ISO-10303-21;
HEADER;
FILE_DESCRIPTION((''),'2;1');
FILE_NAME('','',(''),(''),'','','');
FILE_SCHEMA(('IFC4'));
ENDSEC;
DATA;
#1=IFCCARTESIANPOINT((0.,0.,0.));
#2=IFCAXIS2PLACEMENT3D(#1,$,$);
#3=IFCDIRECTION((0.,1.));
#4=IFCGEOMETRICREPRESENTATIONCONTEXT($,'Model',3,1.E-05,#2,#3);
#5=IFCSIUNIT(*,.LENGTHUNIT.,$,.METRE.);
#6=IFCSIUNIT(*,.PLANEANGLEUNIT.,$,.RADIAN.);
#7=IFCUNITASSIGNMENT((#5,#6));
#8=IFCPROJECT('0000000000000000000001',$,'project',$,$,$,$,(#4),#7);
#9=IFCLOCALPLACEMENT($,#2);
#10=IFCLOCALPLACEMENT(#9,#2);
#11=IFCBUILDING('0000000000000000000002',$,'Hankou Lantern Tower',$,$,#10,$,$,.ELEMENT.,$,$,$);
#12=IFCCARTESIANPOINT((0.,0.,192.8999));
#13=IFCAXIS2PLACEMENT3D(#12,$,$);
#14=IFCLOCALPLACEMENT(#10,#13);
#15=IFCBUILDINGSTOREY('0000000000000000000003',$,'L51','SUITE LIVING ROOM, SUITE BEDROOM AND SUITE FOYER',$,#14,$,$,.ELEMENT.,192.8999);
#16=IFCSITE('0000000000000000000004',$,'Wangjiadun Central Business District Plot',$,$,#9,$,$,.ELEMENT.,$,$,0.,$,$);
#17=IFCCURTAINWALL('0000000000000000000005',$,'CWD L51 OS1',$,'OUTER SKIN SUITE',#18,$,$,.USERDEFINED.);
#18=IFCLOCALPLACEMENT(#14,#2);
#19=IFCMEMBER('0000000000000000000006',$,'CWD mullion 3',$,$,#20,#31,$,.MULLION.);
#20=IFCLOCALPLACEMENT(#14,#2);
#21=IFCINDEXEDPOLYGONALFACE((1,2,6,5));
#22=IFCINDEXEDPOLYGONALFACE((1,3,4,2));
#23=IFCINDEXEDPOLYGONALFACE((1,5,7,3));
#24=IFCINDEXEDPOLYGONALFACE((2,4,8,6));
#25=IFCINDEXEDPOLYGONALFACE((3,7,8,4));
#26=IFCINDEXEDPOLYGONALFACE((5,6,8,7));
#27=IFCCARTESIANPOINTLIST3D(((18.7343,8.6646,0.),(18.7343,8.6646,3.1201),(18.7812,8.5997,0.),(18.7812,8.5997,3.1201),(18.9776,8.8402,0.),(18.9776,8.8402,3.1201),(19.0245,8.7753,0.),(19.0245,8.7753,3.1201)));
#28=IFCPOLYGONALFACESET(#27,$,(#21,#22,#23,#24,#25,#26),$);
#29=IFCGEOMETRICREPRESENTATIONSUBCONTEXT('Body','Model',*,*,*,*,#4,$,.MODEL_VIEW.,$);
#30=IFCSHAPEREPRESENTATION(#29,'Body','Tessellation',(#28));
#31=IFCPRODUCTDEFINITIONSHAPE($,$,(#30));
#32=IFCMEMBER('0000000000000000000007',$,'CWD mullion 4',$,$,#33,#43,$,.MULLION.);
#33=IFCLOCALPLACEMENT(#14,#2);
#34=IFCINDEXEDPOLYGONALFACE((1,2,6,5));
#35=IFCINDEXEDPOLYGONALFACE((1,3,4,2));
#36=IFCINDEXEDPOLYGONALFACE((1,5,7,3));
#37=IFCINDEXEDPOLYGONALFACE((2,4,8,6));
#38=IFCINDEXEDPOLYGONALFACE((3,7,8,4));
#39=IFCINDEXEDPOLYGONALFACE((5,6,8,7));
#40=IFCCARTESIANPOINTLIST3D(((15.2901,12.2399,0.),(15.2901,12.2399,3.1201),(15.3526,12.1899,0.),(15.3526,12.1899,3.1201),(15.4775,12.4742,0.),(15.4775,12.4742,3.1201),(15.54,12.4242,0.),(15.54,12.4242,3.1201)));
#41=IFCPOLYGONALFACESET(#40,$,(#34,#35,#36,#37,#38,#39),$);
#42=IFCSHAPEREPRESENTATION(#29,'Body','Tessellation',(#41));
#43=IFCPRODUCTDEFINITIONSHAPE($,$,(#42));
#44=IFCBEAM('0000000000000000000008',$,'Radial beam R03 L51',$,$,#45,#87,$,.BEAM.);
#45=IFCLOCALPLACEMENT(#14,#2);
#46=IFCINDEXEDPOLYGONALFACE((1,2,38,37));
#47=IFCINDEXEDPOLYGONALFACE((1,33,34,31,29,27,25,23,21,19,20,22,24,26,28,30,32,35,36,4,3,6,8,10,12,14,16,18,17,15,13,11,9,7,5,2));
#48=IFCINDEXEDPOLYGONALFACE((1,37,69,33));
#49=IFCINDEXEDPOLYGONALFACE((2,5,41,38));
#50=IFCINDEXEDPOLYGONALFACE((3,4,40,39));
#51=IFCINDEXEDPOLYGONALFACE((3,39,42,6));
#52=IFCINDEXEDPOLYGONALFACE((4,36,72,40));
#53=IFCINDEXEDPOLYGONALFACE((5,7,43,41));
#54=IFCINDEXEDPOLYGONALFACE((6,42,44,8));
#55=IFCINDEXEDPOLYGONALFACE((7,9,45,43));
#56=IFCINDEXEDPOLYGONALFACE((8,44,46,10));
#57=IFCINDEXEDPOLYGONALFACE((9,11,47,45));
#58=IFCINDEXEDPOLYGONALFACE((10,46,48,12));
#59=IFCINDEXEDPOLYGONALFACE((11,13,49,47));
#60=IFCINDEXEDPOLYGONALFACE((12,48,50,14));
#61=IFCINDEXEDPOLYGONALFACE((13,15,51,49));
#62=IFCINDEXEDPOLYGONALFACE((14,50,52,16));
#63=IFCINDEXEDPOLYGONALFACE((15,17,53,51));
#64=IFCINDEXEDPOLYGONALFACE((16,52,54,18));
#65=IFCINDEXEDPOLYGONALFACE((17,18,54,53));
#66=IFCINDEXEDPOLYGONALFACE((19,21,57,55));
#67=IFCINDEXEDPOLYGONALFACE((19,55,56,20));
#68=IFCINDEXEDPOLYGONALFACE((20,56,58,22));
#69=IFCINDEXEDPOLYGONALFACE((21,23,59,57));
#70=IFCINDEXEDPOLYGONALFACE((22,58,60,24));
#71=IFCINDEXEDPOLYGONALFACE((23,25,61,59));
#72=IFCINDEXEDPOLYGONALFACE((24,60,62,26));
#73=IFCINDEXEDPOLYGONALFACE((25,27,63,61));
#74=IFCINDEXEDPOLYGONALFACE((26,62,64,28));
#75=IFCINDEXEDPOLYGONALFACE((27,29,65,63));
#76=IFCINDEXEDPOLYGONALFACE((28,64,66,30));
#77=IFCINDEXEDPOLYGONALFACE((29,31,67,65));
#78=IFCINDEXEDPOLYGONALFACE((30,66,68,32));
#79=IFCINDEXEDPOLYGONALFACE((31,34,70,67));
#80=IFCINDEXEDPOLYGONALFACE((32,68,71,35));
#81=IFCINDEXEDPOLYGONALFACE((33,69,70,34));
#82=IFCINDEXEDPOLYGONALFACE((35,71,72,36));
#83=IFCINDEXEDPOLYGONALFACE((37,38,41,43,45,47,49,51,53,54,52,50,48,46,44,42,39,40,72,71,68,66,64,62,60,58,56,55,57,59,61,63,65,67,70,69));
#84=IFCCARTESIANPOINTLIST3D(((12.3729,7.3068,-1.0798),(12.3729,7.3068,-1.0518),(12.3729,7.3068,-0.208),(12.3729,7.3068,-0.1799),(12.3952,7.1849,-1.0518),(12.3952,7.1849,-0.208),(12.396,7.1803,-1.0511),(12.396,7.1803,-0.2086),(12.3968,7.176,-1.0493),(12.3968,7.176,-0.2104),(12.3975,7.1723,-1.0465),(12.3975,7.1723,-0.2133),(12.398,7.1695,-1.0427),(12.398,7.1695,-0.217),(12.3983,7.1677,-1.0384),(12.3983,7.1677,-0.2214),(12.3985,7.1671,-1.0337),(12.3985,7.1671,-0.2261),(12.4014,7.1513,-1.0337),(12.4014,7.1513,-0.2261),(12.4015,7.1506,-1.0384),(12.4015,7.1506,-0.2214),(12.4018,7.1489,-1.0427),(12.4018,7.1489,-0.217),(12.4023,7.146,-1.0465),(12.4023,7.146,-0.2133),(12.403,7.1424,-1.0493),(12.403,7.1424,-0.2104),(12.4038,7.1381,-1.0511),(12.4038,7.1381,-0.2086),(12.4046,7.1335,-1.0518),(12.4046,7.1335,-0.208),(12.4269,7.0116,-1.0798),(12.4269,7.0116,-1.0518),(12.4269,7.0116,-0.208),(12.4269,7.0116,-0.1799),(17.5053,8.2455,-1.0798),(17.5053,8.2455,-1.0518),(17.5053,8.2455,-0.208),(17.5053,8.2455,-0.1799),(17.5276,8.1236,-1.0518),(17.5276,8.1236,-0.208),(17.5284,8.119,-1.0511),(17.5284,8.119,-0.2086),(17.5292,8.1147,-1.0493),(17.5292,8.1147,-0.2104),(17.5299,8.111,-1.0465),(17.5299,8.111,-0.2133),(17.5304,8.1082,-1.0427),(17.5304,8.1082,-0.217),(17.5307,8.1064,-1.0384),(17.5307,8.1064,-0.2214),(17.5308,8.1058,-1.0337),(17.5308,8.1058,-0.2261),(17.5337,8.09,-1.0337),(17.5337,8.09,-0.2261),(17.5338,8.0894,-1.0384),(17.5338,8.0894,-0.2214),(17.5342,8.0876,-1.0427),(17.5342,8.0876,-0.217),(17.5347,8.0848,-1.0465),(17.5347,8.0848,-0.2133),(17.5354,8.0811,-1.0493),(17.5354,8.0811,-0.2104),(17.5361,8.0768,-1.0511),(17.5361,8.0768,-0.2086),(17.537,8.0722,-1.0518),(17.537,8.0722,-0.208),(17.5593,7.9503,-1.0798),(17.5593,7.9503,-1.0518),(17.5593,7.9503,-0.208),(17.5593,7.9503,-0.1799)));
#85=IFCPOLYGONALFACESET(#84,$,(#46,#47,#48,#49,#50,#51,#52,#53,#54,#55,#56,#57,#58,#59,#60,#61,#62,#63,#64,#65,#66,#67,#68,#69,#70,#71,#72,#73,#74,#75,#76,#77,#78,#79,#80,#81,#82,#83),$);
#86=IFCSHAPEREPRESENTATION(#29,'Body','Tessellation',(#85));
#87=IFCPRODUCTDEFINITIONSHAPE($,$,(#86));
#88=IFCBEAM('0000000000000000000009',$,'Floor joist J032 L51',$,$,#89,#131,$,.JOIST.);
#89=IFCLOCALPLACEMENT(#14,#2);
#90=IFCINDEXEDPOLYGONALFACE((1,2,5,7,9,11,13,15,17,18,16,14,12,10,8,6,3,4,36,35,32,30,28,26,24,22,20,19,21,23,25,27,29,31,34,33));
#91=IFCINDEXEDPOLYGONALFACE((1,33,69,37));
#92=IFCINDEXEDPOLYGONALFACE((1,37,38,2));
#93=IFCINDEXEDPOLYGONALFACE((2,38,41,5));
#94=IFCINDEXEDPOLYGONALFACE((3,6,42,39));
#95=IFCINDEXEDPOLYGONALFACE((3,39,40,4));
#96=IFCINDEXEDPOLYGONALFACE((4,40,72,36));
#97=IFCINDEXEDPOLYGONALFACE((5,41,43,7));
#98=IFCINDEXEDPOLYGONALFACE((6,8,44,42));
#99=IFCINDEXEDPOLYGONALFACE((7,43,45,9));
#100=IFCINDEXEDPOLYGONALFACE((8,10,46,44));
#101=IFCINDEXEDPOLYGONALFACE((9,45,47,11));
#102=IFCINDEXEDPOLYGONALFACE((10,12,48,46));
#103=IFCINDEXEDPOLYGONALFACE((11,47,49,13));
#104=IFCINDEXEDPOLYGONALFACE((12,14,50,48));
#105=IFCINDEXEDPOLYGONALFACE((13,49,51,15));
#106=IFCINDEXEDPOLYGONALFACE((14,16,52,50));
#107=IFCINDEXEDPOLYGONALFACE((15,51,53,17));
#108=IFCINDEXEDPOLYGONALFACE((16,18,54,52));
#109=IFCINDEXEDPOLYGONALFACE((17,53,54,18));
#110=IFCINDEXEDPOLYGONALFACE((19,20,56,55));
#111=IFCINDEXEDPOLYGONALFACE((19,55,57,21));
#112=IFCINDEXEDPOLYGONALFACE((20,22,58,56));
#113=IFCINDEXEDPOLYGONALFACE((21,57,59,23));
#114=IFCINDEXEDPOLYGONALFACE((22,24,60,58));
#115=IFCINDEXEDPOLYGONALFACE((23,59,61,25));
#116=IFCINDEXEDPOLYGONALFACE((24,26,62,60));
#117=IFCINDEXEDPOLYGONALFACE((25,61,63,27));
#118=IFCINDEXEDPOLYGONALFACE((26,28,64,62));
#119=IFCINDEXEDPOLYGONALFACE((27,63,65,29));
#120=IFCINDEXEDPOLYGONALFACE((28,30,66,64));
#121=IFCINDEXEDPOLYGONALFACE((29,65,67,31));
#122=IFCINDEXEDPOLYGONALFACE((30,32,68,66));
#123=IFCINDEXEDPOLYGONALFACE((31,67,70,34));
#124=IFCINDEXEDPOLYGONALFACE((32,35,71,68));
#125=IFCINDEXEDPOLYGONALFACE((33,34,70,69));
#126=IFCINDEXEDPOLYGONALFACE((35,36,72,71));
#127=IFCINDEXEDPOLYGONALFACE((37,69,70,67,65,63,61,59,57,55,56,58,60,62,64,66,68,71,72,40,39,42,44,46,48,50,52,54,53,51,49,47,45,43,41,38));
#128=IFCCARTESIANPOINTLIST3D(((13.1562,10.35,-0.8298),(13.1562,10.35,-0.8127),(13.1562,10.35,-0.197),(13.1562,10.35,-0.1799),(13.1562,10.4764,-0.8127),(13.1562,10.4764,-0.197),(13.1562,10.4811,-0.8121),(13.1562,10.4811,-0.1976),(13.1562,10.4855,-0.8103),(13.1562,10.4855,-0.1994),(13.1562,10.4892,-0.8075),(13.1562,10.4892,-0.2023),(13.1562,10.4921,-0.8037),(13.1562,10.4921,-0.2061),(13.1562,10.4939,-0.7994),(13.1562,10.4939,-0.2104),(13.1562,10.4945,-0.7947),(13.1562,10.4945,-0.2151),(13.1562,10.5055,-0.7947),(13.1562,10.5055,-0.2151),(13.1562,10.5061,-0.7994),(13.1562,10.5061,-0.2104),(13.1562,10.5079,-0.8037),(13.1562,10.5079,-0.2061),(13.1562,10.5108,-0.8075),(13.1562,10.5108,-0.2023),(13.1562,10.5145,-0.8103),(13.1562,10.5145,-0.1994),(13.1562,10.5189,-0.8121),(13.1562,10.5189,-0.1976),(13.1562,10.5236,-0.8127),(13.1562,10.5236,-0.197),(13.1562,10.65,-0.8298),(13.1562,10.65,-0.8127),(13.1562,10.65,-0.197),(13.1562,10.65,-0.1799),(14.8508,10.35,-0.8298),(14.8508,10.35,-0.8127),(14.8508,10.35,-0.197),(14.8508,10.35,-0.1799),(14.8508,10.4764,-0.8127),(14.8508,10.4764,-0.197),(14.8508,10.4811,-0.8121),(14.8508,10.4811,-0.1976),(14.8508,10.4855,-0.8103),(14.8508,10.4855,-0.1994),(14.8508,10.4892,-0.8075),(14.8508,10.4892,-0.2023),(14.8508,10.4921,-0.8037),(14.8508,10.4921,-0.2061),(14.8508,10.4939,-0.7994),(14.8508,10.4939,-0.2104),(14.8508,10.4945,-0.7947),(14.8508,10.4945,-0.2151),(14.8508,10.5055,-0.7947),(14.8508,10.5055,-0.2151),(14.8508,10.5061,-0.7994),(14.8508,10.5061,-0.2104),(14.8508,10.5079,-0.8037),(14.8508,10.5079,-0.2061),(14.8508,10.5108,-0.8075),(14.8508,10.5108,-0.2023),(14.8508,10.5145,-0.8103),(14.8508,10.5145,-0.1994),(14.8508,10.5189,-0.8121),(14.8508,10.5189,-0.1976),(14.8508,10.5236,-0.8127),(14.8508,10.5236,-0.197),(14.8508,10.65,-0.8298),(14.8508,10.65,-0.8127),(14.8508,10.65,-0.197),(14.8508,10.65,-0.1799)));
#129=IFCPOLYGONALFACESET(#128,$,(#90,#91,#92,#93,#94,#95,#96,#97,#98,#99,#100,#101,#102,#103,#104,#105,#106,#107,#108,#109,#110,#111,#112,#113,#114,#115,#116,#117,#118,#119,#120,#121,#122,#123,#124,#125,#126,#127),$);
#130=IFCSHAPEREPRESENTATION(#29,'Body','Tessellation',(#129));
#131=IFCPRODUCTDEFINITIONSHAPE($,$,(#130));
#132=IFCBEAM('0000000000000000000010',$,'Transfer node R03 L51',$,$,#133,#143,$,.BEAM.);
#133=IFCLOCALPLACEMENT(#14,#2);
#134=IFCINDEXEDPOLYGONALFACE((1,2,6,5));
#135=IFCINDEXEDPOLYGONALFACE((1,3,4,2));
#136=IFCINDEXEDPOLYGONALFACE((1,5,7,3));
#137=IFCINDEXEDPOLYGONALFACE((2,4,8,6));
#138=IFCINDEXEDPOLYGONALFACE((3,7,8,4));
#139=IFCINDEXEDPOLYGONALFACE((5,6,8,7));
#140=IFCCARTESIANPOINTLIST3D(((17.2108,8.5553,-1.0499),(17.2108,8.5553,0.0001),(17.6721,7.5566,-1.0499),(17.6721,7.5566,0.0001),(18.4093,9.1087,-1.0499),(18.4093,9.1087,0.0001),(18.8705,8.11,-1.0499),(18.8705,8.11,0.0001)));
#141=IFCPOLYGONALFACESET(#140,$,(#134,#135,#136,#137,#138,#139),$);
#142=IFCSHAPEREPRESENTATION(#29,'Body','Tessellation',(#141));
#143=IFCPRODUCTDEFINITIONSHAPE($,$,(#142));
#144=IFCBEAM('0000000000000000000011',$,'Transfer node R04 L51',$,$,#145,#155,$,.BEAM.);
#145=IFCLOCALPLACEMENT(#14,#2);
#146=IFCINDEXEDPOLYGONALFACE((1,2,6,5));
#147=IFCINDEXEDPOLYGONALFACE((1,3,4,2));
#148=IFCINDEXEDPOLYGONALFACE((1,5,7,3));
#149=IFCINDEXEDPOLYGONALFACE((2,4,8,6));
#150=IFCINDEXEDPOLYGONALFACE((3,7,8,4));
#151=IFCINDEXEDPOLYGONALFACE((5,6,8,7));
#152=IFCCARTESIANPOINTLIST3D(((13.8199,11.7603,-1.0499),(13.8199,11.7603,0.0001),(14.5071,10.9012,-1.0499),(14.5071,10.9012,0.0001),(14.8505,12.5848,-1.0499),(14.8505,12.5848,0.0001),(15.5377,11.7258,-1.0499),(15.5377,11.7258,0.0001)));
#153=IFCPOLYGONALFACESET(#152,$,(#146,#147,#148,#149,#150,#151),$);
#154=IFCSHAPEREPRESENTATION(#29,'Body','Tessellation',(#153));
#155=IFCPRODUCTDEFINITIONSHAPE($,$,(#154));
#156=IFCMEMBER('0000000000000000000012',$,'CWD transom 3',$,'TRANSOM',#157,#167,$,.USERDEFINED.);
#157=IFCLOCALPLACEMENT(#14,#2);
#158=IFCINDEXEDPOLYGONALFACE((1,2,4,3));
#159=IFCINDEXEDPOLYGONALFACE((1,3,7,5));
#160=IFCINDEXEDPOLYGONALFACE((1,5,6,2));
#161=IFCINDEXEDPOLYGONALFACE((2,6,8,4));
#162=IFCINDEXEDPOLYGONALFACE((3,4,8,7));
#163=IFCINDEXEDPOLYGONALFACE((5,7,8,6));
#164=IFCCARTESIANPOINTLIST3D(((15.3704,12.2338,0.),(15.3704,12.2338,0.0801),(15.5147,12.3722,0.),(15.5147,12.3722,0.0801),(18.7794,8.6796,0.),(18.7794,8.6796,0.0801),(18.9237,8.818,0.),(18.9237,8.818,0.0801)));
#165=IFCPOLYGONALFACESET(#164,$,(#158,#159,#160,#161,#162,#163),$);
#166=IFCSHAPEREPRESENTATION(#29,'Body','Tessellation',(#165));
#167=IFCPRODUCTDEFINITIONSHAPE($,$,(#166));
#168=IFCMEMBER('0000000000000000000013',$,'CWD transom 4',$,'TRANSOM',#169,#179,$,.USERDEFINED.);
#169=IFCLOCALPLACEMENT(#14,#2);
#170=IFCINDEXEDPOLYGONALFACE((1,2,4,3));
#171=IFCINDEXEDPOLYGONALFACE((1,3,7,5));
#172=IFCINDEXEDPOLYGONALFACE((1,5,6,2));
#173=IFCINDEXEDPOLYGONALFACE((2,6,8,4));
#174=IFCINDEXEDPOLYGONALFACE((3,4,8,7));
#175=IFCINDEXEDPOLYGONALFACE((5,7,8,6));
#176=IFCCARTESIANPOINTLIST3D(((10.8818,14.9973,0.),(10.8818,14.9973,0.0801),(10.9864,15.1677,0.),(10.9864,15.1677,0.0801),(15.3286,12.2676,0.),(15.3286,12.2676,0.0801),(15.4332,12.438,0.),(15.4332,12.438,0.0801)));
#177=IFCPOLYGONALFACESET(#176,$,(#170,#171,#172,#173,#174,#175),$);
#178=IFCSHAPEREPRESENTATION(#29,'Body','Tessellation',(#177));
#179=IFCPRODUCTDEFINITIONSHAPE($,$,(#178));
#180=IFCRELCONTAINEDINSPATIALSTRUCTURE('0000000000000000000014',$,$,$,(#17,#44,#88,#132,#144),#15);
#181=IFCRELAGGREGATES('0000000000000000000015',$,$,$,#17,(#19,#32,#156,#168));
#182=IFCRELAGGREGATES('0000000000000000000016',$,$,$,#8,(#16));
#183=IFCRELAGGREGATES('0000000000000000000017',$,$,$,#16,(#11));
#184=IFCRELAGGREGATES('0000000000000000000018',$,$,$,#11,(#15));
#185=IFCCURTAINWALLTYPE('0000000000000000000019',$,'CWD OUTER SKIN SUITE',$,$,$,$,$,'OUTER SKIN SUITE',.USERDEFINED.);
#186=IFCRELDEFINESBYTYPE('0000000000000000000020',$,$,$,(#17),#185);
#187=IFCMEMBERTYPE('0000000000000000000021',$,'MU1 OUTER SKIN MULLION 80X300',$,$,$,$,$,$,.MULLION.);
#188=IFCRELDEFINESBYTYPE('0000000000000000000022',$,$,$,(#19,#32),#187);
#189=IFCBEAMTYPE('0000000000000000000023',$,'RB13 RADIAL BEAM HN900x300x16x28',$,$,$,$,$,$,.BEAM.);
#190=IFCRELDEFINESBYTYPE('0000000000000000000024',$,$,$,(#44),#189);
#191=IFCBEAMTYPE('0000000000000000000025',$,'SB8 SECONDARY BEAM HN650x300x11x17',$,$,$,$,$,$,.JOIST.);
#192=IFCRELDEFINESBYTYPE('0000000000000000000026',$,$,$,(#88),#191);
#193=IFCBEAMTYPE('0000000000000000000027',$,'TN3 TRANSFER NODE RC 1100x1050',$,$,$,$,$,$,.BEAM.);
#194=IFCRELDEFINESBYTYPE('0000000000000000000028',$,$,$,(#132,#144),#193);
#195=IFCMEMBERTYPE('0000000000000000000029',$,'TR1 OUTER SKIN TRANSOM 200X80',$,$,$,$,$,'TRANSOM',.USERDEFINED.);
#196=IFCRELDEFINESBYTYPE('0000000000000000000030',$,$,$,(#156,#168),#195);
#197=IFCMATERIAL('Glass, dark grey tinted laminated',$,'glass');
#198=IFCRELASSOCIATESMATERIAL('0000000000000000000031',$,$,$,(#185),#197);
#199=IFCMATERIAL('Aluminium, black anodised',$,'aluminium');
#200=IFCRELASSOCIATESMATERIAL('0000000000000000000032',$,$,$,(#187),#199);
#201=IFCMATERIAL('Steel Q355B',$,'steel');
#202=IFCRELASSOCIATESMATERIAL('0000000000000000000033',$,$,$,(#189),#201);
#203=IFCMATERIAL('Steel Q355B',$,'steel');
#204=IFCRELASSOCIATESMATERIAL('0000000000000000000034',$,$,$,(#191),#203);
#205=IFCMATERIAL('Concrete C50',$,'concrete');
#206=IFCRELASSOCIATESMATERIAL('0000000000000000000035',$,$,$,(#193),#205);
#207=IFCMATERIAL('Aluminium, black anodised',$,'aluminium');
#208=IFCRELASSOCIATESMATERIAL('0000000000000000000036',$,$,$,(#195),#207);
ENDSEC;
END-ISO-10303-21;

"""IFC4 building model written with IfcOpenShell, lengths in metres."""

from ifc_helpers import new_model, si_unit, direction, frame, origin, origin_2d, place, context, subcontext, project, spatial, rectangle, i_section, extrude, material, material_profile, profile_set, type_object, element, aggregate, save


model = new_model("IFC4")

# Units and contexts
model_context = context("Model", 3, precision=1e-05, world=origin(), true_north=direction((0.0, 1.0)))
body_context = subcontext(model_context, "Body", "Model", "MODEL_VIEW")
ifc_project = project(units=[si_unit("LENGTHUNIT", "METRE"), si_unit("PLANEANGLEUNIT", "RADIAN")], contexts=[model_context])

# Site, building, storey
site_placement = place(None, origin())
site = spatial("IfcSite", under=ifc_project, at=site_placement, Name="Wangjiadun Central Business District Plot", CompositionType="ELEMENT", RefElevation=0.0)
building_placement = place(site_placement, origin())
building = spatial("IfcBuilding", under=site, at=building_placement, Name="Hankou Lantern Tower", CompositionType="ELEMENT")
storey_placement = place(building_placement, frame((0.0, 0.0, 192.8999)))
storey = spatial("IfcBuildingStorey", under=building, at=storey_placement, Name="L51", Description="SUITE LIVING ROOM, SUITE BEDROOM AND SUITE FOYER", CompositionType="ELEMENT", Elevation=192.8999)

# Curtain wall, members
ifc_material_1 = material(Name="Glass, dark grey tinted laminated", Category="glass")
curtain_wall_type = type_object("IfcCurtainWallType", Name="CWD OUTER SKIN SUITE", ElementType="OUTER SKIN SUITE", PredefinedType="USERDEFINED", material=ifc_material_1)
curtain_wall_placement = place(storey_placement, origin())
curtain_wall = element("IfcCurtainWall", 1, at=curtain_wall_placement, inside=storey, type_object=curtain_wall_type, Name="CWD L51 OS1", ObjectType="OUTER SKIN SUITE", PredefinedType="USERDEFINED")
ifc_material_2 = material(Name="Aluminium, black anodised", Category="aluminium")
ifc_material_profile_1 = material_profile(ifc_material_2, rectangle(XDim=0.0801, YDim=0.3, at=origin_2d()), Name="MU1 80X300")
ifc_profile_set_1 = profile_set([ifc_material_profile_1], Name="Aluminium, black anodised")
member_type_1 = type_object("IfcMemberType", Name="MU1 OUTER SKIN MULLION 80X300", PredefinedType="MULLION", material=ifc_profile_set_1)
member_1_placement = place(storey_placement, frame((18.8794, 8.72, 0.0), z_axis=(0.0, 0.0, 1.0), x_axis=(-0.585206, 0.810885, 0.0)))
member_1 = element("IfcMember", 2, at=member_1_placement, type_object=member_type_1, Name="CWD mullion 3", PredefinedType="MULLION", context=body_context, shape_type="SweptSolid", body=[
    extrude(rectangle(XDim=0.0801, YDim=0.3, at=origin_2d()), origin(), (0.0, 0.0, 1.0), 3.1201),
])
member_2_placement = place(storey_placement, frame((15.415, 12.332, 0.0), z_axis=(0.0, 0.0, 1.0), x_axis=(-0.780869, 0.624695, 0.0)))
member_2 = element("IfcMember", 3, at=member_2_placement, type_object=member_type_1, Name="CWD mullion 4", PredefinedType="MULLION", context=body_context, shape_type="SweptSolid", body=[
    extrude(rectangle(XDim=0.0801, YDim=0.3, at=origin_2d()), origin(), (0.0, 0.0, 1.0), 3.1201),
])

# Beams
ifc_material_3 = material(Name="Steel Q355B", Category="steel")
ifc_material_profile_2 = material_profile(ifc_material_3, i_section(OverallWidth=0.3, OverallDepth=0.8999, WebThickness=0.0161, FlangeThickness=0.0281, FilletRadius=0.0181, at=origin_2d()), Name="HN900x300x16x28")
ifc_profile_set_2 = profile_set([ifc_material_profile_2], Name="Steel Q355B")
beam_type_1 = type_object("IfcBeamType", Name="RB13 RADIAL BEAM HN900x300x16x28", PredefinedType="BEAM", material=ifc_profile_set_2)
beam_1_placement = place(storey_placement, frame((12.3999, 7.1592, -0.6299), z_axis=(0.983681, 0.179919, 0.0), x_axis=(-0.179919, 0.983681, 0.0)))
element("IfcBeam", 4, at=beam_1_placement, inside=storey, type_object=beam_type_1, Name="Radial beam R03 L51", PredefinedType="BEAM", context=body_context, shape_type="SweptSolid", body=[
    extrude(i_section(OverallWidth=0.3, OverallDepth=0.8999, WebThickness=0.0161, FlangeThickness=0.0281, FilletRadius=0.0181, at=origin_2d()), origin(), (0.0, 0.0, 1.0), 5.2175),
])
ifc_material_4 = material(Name="Steel Q355B", Category="steel")
ifc_material_profile_3 = material_profile(ifc_material_4, i_section(OverallWidth=0.3, OverallDepth=0.6499, WebThickness=0.011, FlangeThickness=0.0171, FilletRadius=0.0181, at=origin_2d()), Name="HN650x300x11x17")
ifc_profile_set_3 = profile_set([ifc_material_profile_3], Name="Steel Q355B")
beam_type_2 = type_object("IfcBeamType", Name="SB8 SECONDARY BEAM HN650x300x11x17", PredefinedType="JOIST", material=ifc_profile_set_3)
beam_2_placement = place(storey_placement, frame((13.1562, 10.5, -0.5049), z_axis=(1.0, 0.0, 0.0), x_axis=(0.0, 1.0, 0.0)))
element("IfcBeam", 5, at=beam_2_placement, inside=storey, type_object=beam_type_2, Name="Floor joist J032 L51", PredefinedType="JOIST", context=body_context, shape_type="SweptSolid", body=[
    extrude(i_section(OverallWidth=0.3, OverallDepth=0.6499, WebThickness=0.011, FlangeThickness=0.0171, FilletRadius=0.0181, at=origin_2d()), origin(), (0.0, 0.0, 1.0), 1.6946),
])
ifc_material_5 = material(Name="Concrete C50", Category="concrete")
ifc_material_profile_4 = material_profile(ifc_material_5, rectangle(XDim=1.1001, YDim=1.05, at=origin_2d()), Name="RC 1100x1050")
ifc_profile_set_4 = profile_set([ifc_material_profile_4], Name="Concrete C50")
beam_type_3 = type_object("IfcBeamType", Name="TN3 TRANSFER NODE RC 1100x1050", PredefinedType="BEAM", material=ifc_profile_set_4)
beam_3_placement = place(storey_placement, frame((18.6399, 8.6094, -0.5249), z_axis=(-0.907867, -0.419258, 0.0), x_axis=(0.419258, -0.907867, 0.0)))
element("IfcBeam", 6, at=beam_3_placement, inside=storey, type_object=beam_type_3, Name="Transfer node R03 L51", PredefinedType="BEAM", context=body_context, shape_type="SweptSolid", body=[
    extrude(rectangle(XDim=1.1001, YDim=1.05, at=origin_2d()), origin(), (0.0, 0.0, 1.0), 1.3201),
])
beam_4_placement = place(storey_placement, frame((15.1941, 12.1553, -0.5249), z_axis=(-0.780851, -0.624718, 0.0), x_axis=(0.624718, -0.780851, 0.0)))
element("IfcBeam", 7, at=beam_4_placement, inside=storey, type_object=beam_type_3, Name="Transfer node R04 L51", PredefinedType="BEAM", context=body_context, shape_type="SweptSolid", body=[
    extrude(rectangle(XDim=1.1001, YDim=1.05, at=origin_2d()), origin(), (0.0, 0.0, 1.0), 1.3198),
])

# Members
ifc_material_6 = material(Name="Aluminium, black anodised", Category="aluminium")
ifc_material_profile_5 = material_profile(ifc_material_6, rectangle(XDim=0.2, YDim=0.0801, at=origin_2d()), Name="TR1 200X80")
ifc_profile_set_5 = profile_set([ifc_material_profile_5], Name="Aluminium, black anodised")
member_type_2 = type_object("IfcMemberType", Name="TR1 OUTER SKIN TRANSOM 200X80", ElementType="TRANSOM", PredefinedType="USERDEFINED", material=ifc_profile_set_5)
member_3_placement = place(storey_placement, frame((18.8516, 8.7488, 0.04), z_axis=(-0.692205, 0.721701, 0.0), x_axis=(-0.721701, -0.692205, 0.0)))
member_3 = element("IfcMember", 8, at=member_3_placement, type_object=member_type_2, Name="CWD transom 3", ObjectType="TRANSOM", PredefinedType="USERDEFINED", context=body_context, shape_type="SweptSolid", body=[
    extrude(rectangle(XDim=0.2, YDim=0.0801, at=origin_2d()), origin(), (0.0, 0.0, 1.0), 4.9248),
])
member_4_placement = place(storey_placement, frame((15.3809, 12.3528, 0.04), z_axis=(-0.852235, 0.52316, 0.0), x_axis=(-0.52316, -0.852235, 0.0)))
member_4 = element("IfcMember", 9, at=member_4_placement, type_object=member_type_2, Name="CWD transom 4", ObjectType="TRANSOM", PredefinedType="USERDEFINED", context=body_context, shape_type="SweptSolid", body=[
    extrude(rectangle(XDim=0.2, YDim=0.0801, at=origin_2d()), origin(), (0.0, 0.0, 1.0), 5.2178),
])

aggregate(curtain_wall, [member_1, member_2, member_3, member_4])

save(model, "model.ifc")
